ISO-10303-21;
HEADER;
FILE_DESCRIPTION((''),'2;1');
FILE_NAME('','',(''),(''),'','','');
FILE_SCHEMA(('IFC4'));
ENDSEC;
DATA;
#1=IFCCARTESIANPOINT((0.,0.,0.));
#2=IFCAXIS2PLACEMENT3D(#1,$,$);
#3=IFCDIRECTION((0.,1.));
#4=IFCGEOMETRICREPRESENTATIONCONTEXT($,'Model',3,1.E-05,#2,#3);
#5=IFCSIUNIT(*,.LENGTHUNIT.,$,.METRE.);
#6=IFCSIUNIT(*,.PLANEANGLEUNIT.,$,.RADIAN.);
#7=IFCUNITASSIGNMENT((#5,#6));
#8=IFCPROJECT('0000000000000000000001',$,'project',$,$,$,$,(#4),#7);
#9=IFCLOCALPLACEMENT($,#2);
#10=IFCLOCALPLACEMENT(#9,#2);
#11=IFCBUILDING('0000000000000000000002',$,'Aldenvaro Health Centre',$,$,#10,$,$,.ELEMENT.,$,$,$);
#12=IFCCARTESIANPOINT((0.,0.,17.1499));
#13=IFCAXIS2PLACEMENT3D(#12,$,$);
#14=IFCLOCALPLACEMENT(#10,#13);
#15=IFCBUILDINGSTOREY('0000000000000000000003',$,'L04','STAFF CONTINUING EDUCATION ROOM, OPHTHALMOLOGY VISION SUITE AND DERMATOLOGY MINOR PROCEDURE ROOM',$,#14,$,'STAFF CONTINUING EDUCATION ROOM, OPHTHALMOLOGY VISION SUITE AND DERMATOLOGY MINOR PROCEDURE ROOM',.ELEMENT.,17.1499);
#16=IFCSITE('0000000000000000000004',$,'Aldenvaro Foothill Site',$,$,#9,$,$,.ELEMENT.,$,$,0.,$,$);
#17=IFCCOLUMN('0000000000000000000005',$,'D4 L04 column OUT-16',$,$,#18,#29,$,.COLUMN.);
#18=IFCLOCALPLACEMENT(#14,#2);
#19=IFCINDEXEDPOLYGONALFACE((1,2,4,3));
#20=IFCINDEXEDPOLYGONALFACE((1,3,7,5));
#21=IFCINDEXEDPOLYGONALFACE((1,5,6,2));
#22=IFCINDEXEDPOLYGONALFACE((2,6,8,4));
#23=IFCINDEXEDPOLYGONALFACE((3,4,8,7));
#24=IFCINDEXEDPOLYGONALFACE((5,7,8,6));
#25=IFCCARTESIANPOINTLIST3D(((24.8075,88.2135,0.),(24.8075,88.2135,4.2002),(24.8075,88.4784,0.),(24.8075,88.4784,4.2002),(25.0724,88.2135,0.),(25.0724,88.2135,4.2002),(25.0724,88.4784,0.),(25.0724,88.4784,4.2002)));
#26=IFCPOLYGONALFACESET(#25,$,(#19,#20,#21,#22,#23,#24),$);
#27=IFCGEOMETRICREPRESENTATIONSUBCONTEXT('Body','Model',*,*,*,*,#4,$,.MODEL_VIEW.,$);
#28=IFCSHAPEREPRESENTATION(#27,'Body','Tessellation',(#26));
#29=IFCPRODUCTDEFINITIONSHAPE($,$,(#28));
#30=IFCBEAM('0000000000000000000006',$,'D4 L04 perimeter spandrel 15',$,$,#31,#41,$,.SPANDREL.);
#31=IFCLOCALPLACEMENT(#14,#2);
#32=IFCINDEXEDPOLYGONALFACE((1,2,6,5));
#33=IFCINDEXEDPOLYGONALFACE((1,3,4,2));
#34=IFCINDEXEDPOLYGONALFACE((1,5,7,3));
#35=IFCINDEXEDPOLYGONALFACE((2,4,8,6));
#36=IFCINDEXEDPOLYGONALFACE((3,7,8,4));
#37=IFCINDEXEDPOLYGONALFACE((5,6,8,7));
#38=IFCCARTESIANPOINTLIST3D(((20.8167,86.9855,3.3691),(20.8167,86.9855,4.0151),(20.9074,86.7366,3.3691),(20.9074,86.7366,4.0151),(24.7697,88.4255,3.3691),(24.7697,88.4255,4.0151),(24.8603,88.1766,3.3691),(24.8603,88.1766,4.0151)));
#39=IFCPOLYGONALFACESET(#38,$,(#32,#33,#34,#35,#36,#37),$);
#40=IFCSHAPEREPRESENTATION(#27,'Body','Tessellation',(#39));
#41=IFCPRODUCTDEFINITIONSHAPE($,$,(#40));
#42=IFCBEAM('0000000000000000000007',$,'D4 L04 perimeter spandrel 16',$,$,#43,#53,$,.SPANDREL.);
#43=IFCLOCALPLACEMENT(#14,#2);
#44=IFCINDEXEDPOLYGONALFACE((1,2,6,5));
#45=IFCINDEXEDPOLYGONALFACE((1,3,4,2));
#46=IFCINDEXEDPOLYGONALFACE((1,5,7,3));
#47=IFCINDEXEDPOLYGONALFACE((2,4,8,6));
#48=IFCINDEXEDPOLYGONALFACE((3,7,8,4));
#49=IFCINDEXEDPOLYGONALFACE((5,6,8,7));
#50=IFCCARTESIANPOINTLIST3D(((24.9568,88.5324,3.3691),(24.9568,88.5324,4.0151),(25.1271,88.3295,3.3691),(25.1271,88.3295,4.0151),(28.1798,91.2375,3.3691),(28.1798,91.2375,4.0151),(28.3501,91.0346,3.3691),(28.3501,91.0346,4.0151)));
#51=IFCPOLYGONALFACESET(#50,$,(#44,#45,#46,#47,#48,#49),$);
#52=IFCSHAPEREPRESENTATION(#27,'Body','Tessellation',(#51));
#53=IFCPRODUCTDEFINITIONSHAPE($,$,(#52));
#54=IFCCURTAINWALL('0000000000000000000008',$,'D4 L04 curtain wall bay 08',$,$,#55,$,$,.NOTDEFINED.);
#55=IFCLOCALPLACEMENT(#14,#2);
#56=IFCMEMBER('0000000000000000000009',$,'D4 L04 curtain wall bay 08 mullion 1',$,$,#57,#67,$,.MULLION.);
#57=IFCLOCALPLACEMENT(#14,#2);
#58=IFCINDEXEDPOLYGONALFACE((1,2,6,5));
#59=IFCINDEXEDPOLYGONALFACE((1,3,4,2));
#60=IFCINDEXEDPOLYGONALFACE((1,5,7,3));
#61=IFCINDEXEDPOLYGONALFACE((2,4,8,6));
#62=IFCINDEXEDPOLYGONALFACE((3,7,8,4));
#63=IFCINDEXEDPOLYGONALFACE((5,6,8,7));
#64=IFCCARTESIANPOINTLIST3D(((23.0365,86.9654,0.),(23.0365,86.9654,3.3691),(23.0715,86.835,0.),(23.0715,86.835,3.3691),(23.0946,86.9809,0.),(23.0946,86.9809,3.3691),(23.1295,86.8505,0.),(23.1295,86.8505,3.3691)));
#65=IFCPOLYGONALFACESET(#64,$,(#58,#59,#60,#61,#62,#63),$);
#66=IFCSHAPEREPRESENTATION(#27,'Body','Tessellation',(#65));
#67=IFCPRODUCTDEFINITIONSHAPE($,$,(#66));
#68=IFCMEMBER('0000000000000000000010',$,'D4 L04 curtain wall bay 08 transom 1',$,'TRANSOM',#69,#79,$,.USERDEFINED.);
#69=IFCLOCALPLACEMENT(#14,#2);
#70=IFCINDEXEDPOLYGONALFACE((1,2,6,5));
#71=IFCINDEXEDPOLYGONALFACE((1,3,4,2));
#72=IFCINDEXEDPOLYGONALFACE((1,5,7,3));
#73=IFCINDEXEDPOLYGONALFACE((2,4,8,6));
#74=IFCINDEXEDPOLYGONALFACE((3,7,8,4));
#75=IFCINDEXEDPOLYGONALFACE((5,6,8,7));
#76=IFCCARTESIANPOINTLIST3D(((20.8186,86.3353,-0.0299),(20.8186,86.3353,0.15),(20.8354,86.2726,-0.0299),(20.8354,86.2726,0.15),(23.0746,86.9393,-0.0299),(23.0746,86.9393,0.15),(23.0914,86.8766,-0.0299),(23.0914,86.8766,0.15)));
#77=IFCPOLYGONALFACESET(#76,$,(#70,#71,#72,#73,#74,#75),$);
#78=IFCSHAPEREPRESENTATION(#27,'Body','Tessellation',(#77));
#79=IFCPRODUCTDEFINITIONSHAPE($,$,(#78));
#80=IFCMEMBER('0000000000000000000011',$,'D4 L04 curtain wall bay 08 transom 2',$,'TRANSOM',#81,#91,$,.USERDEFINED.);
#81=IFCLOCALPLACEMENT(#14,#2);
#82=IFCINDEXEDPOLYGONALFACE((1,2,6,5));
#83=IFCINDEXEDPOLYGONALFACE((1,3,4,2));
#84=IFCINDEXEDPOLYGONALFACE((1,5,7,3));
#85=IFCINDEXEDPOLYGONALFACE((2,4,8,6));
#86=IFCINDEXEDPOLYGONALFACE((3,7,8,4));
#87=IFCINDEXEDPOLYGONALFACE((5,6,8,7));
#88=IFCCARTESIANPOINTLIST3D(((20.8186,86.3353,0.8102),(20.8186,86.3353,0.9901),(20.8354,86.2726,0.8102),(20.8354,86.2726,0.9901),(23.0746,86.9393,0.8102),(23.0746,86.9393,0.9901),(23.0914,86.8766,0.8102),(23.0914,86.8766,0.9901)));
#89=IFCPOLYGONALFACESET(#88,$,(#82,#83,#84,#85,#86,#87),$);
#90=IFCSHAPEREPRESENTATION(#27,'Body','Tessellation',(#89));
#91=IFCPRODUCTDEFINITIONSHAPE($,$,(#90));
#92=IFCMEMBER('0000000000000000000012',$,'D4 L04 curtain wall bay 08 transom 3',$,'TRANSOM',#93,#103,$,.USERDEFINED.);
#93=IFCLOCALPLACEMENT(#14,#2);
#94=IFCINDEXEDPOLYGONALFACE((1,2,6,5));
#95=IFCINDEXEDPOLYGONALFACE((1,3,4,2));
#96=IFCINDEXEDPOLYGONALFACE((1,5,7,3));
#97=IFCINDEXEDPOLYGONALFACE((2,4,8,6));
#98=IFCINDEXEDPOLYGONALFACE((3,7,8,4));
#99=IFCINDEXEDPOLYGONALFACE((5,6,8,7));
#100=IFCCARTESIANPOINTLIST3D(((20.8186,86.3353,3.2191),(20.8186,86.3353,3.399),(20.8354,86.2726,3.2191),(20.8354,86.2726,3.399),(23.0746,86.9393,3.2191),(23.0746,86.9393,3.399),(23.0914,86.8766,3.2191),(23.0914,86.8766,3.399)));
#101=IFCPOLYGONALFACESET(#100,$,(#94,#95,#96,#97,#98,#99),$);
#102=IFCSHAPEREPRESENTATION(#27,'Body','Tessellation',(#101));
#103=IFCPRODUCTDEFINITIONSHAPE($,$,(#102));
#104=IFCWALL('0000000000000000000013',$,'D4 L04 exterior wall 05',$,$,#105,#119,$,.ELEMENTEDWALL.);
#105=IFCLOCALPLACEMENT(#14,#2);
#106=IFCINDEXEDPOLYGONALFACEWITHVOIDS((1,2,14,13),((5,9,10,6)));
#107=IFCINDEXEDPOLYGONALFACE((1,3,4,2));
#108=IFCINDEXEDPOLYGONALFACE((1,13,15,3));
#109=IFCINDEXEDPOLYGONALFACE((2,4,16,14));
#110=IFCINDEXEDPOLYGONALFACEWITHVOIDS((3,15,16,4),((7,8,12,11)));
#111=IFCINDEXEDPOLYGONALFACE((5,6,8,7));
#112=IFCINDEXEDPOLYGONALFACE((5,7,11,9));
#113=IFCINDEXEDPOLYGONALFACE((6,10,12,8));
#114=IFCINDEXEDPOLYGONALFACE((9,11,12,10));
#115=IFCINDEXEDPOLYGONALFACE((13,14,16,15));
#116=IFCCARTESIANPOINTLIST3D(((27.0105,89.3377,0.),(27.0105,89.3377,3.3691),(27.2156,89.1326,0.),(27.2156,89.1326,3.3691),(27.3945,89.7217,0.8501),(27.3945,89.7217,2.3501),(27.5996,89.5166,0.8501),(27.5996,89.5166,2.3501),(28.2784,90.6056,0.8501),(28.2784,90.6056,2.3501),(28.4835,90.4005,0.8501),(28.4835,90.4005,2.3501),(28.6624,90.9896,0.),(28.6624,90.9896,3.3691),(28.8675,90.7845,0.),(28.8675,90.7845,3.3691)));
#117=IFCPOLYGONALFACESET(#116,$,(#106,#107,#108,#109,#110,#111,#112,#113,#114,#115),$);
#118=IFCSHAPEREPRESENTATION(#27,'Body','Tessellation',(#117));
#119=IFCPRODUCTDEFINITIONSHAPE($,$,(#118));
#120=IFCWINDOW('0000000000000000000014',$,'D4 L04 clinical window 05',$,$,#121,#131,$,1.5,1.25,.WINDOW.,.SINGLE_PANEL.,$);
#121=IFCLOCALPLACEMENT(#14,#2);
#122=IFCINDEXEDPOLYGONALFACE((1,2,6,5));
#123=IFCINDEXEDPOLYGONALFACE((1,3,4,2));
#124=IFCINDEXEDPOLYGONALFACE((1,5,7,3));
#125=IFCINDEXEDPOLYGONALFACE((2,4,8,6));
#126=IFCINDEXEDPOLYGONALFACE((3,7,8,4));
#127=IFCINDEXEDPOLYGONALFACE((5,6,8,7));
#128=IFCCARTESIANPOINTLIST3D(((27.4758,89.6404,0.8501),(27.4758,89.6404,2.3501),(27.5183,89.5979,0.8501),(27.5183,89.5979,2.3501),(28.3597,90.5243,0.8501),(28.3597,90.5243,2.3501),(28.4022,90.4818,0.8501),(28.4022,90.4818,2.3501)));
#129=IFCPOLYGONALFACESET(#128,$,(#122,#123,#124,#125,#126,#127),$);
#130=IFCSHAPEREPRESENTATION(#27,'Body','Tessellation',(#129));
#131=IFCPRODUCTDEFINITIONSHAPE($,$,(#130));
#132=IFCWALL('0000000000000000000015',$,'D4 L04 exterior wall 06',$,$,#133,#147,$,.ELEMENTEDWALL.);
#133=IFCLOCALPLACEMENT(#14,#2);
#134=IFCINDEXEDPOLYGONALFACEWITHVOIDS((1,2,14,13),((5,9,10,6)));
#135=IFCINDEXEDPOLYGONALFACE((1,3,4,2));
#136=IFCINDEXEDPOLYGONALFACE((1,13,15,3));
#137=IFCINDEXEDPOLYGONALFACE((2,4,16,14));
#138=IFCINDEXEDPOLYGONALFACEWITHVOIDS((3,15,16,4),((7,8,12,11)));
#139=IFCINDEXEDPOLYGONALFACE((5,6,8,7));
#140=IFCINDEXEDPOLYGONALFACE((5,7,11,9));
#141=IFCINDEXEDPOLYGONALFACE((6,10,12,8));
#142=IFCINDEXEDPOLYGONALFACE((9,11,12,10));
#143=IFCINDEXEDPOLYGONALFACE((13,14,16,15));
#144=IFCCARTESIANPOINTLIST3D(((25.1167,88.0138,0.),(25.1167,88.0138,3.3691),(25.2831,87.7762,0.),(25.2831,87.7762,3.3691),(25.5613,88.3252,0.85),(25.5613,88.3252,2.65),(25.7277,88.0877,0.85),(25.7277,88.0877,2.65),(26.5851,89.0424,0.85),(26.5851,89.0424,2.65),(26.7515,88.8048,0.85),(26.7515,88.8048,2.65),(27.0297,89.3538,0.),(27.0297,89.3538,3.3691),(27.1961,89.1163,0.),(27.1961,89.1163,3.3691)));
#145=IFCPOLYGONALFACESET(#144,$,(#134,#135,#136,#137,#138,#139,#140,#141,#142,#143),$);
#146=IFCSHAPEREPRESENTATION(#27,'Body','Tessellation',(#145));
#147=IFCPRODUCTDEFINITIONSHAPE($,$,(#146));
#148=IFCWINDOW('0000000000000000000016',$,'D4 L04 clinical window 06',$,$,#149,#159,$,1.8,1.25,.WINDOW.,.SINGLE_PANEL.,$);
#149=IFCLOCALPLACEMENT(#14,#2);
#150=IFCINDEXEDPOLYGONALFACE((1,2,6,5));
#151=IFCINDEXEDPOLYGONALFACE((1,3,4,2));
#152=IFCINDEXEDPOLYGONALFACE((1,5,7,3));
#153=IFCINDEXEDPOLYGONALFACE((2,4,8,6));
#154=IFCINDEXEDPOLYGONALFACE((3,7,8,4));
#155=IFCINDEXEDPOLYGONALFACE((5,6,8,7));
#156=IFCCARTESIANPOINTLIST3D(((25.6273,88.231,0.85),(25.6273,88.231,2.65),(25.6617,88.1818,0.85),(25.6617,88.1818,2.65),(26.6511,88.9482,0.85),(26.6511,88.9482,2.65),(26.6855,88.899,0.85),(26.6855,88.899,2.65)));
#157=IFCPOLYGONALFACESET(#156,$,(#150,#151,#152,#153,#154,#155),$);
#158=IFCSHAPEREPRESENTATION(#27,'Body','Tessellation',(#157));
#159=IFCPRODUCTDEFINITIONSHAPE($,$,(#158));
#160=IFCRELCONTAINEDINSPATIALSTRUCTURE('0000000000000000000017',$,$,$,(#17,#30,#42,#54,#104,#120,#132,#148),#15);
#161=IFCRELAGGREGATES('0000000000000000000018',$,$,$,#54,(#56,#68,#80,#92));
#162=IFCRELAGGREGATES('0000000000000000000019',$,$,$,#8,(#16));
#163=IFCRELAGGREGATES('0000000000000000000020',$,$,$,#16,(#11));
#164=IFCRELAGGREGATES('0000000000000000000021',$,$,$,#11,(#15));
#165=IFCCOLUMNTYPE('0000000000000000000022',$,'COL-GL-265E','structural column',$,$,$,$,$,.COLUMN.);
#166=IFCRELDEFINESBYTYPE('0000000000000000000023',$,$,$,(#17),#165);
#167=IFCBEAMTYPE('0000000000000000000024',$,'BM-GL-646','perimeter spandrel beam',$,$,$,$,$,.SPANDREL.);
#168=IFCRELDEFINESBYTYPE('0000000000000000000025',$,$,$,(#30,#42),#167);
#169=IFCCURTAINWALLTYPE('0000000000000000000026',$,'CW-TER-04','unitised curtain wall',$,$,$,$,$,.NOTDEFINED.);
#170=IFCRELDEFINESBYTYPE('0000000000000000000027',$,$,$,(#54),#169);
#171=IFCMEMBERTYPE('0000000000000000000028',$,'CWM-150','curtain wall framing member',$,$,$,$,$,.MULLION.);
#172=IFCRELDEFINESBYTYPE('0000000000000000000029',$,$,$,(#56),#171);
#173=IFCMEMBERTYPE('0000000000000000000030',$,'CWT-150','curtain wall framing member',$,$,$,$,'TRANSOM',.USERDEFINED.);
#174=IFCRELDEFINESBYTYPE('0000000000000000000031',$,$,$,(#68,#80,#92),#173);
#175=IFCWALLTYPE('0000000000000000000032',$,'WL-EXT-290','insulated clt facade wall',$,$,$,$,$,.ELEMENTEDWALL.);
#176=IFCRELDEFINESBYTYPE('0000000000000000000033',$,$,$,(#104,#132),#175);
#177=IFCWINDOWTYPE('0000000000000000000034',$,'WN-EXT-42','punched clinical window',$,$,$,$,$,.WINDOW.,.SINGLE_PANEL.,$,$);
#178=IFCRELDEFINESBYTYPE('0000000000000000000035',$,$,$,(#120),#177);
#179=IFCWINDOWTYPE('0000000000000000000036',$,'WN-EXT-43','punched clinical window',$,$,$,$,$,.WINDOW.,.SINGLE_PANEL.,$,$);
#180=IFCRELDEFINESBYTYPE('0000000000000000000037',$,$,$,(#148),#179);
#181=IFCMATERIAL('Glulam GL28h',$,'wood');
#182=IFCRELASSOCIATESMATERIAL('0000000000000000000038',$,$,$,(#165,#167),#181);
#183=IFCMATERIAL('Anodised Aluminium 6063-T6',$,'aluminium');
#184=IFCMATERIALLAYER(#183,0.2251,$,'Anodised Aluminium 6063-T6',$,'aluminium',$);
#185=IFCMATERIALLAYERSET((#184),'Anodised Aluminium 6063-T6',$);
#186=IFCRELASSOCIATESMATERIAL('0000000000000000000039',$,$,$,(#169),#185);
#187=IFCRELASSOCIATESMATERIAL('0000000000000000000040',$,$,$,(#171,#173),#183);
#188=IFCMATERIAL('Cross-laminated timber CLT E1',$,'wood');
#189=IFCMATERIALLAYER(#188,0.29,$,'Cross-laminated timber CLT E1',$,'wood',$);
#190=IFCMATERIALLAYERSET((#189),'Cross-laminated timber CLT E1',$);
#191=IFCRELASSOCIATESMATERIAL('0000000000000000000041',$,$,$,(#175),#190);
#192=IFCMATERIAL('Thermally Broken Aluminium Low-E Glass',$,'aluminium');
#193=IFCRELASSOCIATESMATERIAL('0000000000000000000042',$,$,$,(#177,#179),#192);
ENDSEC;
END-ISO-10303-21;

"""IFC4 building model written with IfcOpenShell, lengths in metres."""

from ifc_helpers import new_model, si_unit, direction, frame, frame_2d, origin, origin_2d, place, context, subcontext, project, spatial, rectangle, extrude, material, layer, layer_set, material_profile, profile_set, type_object, element, fill, aggregate, save


model = new_model("IFC4")

# Units and contexts
model_context = context("Model", 3, precision=1e-05, world=origin(), true_north=direction((0.0, 1.0)))
body_context = subcontext(model_context, "Body", "Model", "MODEL_VIEW")
ifc_project = project(units=[si_unit("LENGTHUNIT", "METRE"), si_unit("PLANEANGLEUNIT", "RADIAN")], contexts=[model_context])

# Site, building, storey
site_placement = place(None, origin())
site = spatial("IfcSite", under=ifc_project, at=site_placement, Name="Aldenvaro Foothill Site", CompositionType="ELEMENT", RefElevation=0.0)
building_placement = place(site_placement, origin())
building = spatial("IfcBuilding", under=site, at=building_placement, Name="Aldenvaro Health Centre", CompositionType="ELEMENT")
storey_placement = place(building_placement, frame((0.0, 0.0, 17.1499)))
storey = spatial("IfcBuildingStorey", under=building, at=storey_placement, Name="L04", Description="STAFF CONTINUING EDUCATION ROOM, OPHTHALMOLOGY VISION SUITE AND DERMATOLOGY MINOR PROCEDURE ROOM", LongName="STAFF CONTINUING EDUCATION ROOM, OPHTHALMOLOGY VISION SUITE AND DERMATOLOGY MINOR PROCEDURE ROOM", CompositionType="ELEMENT", Elevation=17.1499)

# Column
ifc_material_1 = material(Name="Glulam GL28h", Category="wood")
ifc_material_profile_1 = material_profile(ifc_material_1, rectangle(XDim=0.2649, YDim=0.2649, at=origin_2d()), Name="GL 265x265", Category="wood")
ifc_profile_set_1 = profile_set([ifc_material_profile_1], Name="Glulam GL28h")
column_type = type_object("IfcColumnType", Name="COL-GL-265E", Description="structural column", PredefinedType="COLUMN", material=ifc_profile_set_1)
column_placement = place(storey_placement, frame((24.9399, 88.3459, 0.0), z_axis=(0.0, 0.0, 1.0), x_axis=(1.0, 0.0, 0.0)))
element("IfcColumn", 1, at=column_placement, inside=storey, type_object=column_type, Name="D4 L04 column OUT-16", PredefinedType="COLUMN", context=body_context, shape_type="SweptSolid", body=[
    extrude(rectangle(XDim=0.2649, YDim=0.2649, at=origin_2d()), origin(), (0.0, 0.0, 1.0), 4.2002),
])

# Beams
ifc_material_profile_2 = material_profile(ifc_material_1, rectangle(XDim=0.2649, YDim=0.646, at=origin_2d()), Name="GL 265x646", Category="wood")
ifc_profile_set_2 = profile_set([ifc_material_profile_2], Name="Glulam GL28h")
beam_type = type_object("IfcBeamType", Name="BM-GL-646", Description="perimeter spandrel beam", PredefinedType="SPANDREL", material=ifc_profile_set_2)
beam_1_placement = place(storey_placement, frame((20.8621, 86.8611, 3.6921), z_axis=(0.9396, 0.342274, 0.0), x_axis=(-0.342274, 0.9396, 0.0)))
element("IfcBeam", 2, at=beam_1_placement, inside=storey, type_object=beam_type, Name="D4 L04 perimeter spandrel 15", PredefinedType="SPANDREL", context=body_context, shape_type="SweptSolid", body=[
    extrude(rectangle(XDim=0.2649, YDim=0.646, at=origin_2d()), origin(), (0.0, 0.0, 1.0), 4.207),
])
beam_2_placement = place(storey_placement, frame((25.042, 88.4309, 3.6921), z_axis=(0.765957, 0.642891, 0.0), x_axis=(-0.642891, 0.765957, 0.0)))
element("IfcBeam", 3, at=beam_2_placement, inside=storey, type_object=beam_type, Name="D4 L04 perimeter spandrel 16", PredefinedType="SPANDREL", context=body_context, shape_type="SweptSolid", body=[
    extrude(rectangle(XDim=0.2649, YDim=0.646, at=origin_2d()), origin(), (0.0, 0.0, 1.0), 4.2078),
])

# Curtain wall, members
ifc_material_2 = material(Name="Anodised Aluminium 6063-T6", Category="aluminium")
ifc_layer_1 = layer(ifc_material_2, 0.2251, Name="Anodised Aluminium 6063-T6", Category="aluminium")
ifc_layer_set_1 = layer_set([ifc_layer_1], Name="Anodised Aluminium 6063-T6")
curtain_wall_type = type_object("IfcCurtainWallType", Name="CW-TER-04", Description="unitised curtain wall", PredefinedType="NOTDEFINED", material=ifc_layer_set_1)
curtain_wall_placement = place(storey_placement, origin())
curtain_wall = element("IfcCurtainWall", 4, at=curtain_wall_placement, inside=storey, type_object=curtain_wall_type, Name="D4 L04 curtain wall bay 08", PredefinedType="NOTDEFINED")
ifc_material_profile_3 = material_profile(ifc_material_2, rectangle(XDim=0.0601, YDim=0.135, at=origin_2d()), Name="ALU 60x135", Category="aluminium")
ifc_profile_set_3 = profile_set([ifc_material_profile_3], Name="Anodised Aluminium 6063-T6")
member_type_1 = type_object("IfcMemberType", Name="CWM-150", Description="curtain wall framing member", PredefinedType="MULLION", material=ifc_profile_set_3)
member_1_placement = place(storey_placement, frame((23.083, 86.908, 0.0), z_axis=(0.0, 0.0, 1.0), x_axis=(-0.965979, -0.258622, 0.0)))
member_1 = element("IfcMember", 5, at=member_1_placement, type_object=member_type_1, Name="D4 L04 curtain wall bay 08 mullion 1", PredefinedType="MULLION", context=body_context, shape_type="SweptSolid", body=[
    extrude(rectangle(XDim=0.0601, YDim=0.135, at=origin_2d()), origin(), (0.0, 0.0, 1.0), 3.3691),
])
ifc_material_profile_4 = material_profile(ifc_material_2, rectangle(XDim=0.0649, YDim=0.1799, at=origin_2d()), Name="ALU 65x180", Category="aluminium")
ifc_profile_set_4 = profile_set([ifc_material_profile_4], Name="Anodised Aluminium 6063-T6")
member_type_2 = type_object("IfcMemberType", Name="CWT-150", Description="curtain wall framing member", ElementType="TRANSOM", PredefinedType="USERDEFINED", material=ifc_profile_set_4)
member_2_placement = place(storey_placement, frame((23.083, 86.908, 0.0601), z_axis=(-0.965981, -0.258612, 0.0), x_axis=(0.258612, -0.965981, 0.0)))
member_2 = element("IfcMember", 6, at=member_2_placement, type_object=member_type_2, Name="D4 L04 curtain wall bay 08 transom 1", ObjectType="TRANSOM", PredefinedType="USERDEFINED", context=body_context, shape_type="SweptSolid", body=[
    extrude(rectangle(XDim=0.0649, YDim=0.1799, at=origin_2d()), origin(), (0.0, 0.0, 1.0), 2.3354),
])
member_3_placement = place(storey_placement, frame((23.083, 86.908, 0.9001), z_axis=(-0.965981, -0.258612, 0.0), x_axis=(0.258612, -0.965981, 0.0)))
member_3 = element("IfcMember", 7, at=member_3_placement, type_object=member_type_2, Name="D4 L04 curtain wall bay 08 transom 2", ObjectType="TRANSOM", PredefinedType="USERDEFINED", context=body_context, shape_type="SweptSolid", body=[
    extrude(rectangle(XDim=0.0649, YDim=0.1799, at=origin_2d()), origin(), (0.0, 0.0, 1.0), 2.3354),
])
member_4_placement = place(storey_placement, frame((23.083, 86.908, 3.3091), z_axis=(-0.965981, -0.258612, 0.0), x_axis=(0.258612, -0.965981, 0.0)))
member_4 = element("IfcMember", 8, at=member_4_placement, type_object=member_type_2, Name="D4 L04 curtain wall bay 08 transom 3", ObjectType="TRANSOM", PredefinedType="USERDEFINED", context=body_context, shape_type="SweptSolid", body=[
    extrude(rectangle(XDim=0.0649, YDim=0.1799, at=origin_2d()), origin(), (0.0, 0.0, 1.0), 2.3354),
])
aggregate(curtain_wall, [member_1, member_2, member_3, member_4])

# Walls, openings, windows
ifc_material_3 = material(Name="Cross-laminated timber CLT E1", Category="wood")
ifc_layer_2 = layer(ifc_material_3, 0.29, Name="Cross-laminated timber CLT E1", Category="wood")
ifc_layer_set_2 = layer_set([ifc_layer_2], Name="Cross-laminated timber CLT E1")
wall_type = type_object("IfcWallType", Name="WL-EXT-290", Description="insulated clt facade wall", PredefinedType="ELEMENTEDWALL", material=ifc_layer_set_2)
wall_1_placement = place(storey_placement, frame((28.7649, 90.887, 0.0), z_axis=(0.0, 0.0, 1.0), x_axis=(-0.707107, -0.707107, 0.0)))
wall_1 = element("IfcWall", 9, at=wall_1_placement, inside=storey, type_object=wall_type, Name="D4 L04 exterior wall 05", PredefinedType="ELEMENTEDWALL", context=body_context, shape_type="SweptSolid", body=[
    extrude(rectangle(XDim=2.3362, YDim=0.29, at=frame_2d((1.168, 0.0))), origin(), (0.0, 0.0, 1.0), 3.3691),
])
opening_1_placement = place(wall_1_placement, frame((0.543, 0.0, 0.8501)))
opening_1 = element("IfcOpeningElement", 10, at=opening_1_placement, cuts=wall_1, PredefinedType="OPENING", context=body_context, shape_type="SweptSolid", body=[
    extrude(rectangle(XDim=1.25, YDim=1.5, at=frame_2d((0.625, 0.75))), frame((0.0, 0.155, 0.0), z_axis=(0.0, -1.0, 0.0), x_axis=(1.0, 0.0, 0.0)), (0.0, 0.0, 1.0), 0.3101),
])
ifc_material_4 = material(Name="Thermally Broken Aluminium Low-E Glass", Category="aluminium")
window_type_1 = type_object("IfcWindowType", Name="WN-EXT-42", Description="punched clinical window", PartitioningType="SINGLE_PANEL", PredefinedType="WINDOW", material=ifc_material_4)
window_1_placement = place(opening_1_placement, origin())
window_1 = element("IfcWindow", 11, at=window_1_placement, inside=storey, type_object=window_type_1, Name="D4 L04 clinical window 05", OverallHeight=1.5, OverallWidth=1.25, PartitioningType="SINGLE_PANEL", PredefinedType="WINDOW", context=body_context, shape_type="SweptSolid", body=[
    extrude(rectangle(XDim=1.25, YDim=1.5, at=frame_2d((0.625, 0.75))), frame((0.0, 0.03, 0.0), z_axis=(0.0, -1.0, 0.0), x_axis=(1.0, 0.0, 0.0)), (0.0, 0.0, 1.0), 0.0601),
])
fill(opening_1, window_1)
wall_2_placement = place(storey_placement, frame((27.113, 89.2351, 0.0), z_axis=(0.0, 0.0, 1.0), x_axis=(-0.819045, -0.573729, 0.0)))
wall_2 = element("IfcWall", 12, at=wall_2_placement, inside=storey, type_object=wall_type, Name="D4 L04 exterior wall 06", PredefinedType="ELEMENTEDWALL", context=body_context, shape_type="SweptSolid", body=[
    extrude(rectangle(XDim=2.3357, YDim=0.29, at=frame_2d((1.168, 0.0))), origin(), (0.0, 0.0, 1.0), 3.3691),
])
opening_2_placement = place(wall_2_placement, frame((0.543, 0.0, 0.8501)))
opening_2 = element("IfcOpeningElement", 13, at=opening_2_placement, cuts=wall_2, PredefinedType="OPENING", context=body_context, shape_type="SweptSolid", body=[
    extrude(rectangle(XDim=1.25, YDim=1.8, at=frame_2d((0.625, 0.8999))), frame((0.0, 0.155, 0.0), z_axis=(0.0, -1.0, 0.0), x_axis=(1.0, 0.0, 0.0)), (0.0, 0.0, 1.0), 0.3101),
])
window_type_2 = type_object("IfcWindowType", Name="WN-EXT-43", Description="punched clinical window", PartitioningType="SINGLE_PANEL", PredefinedType="WINDOW", material=ifc_material_4)
window_2_placement = place(opening_2_placement, origin())
window_2 = element("IfcWindow", 14, at=window_2_placement, inside=storey, type_object=window_type_2, Name="D4 L04 clinical window 06", OverallHeight=1.8, OverallWidth=1.25, PartitioningType="SINGLE_PANEL", PredefinedType="WINDOW", context=body_context, shape_type="SweptSolid", body=[
    extrude(rectangle(XDim=1.25, YDim=1.8, at=frame_2d((0.625, 0.8999))), frame((0.0, 0.03, 0.0), z_axis=(0.0, -1.0, 0.0), x_axis=(1.0, 0.0, 0.0)), (0.0, 0.0, 1.0), 0.0601),
])
fill(opening_2, window_2)

save(model, "model.ifc")
